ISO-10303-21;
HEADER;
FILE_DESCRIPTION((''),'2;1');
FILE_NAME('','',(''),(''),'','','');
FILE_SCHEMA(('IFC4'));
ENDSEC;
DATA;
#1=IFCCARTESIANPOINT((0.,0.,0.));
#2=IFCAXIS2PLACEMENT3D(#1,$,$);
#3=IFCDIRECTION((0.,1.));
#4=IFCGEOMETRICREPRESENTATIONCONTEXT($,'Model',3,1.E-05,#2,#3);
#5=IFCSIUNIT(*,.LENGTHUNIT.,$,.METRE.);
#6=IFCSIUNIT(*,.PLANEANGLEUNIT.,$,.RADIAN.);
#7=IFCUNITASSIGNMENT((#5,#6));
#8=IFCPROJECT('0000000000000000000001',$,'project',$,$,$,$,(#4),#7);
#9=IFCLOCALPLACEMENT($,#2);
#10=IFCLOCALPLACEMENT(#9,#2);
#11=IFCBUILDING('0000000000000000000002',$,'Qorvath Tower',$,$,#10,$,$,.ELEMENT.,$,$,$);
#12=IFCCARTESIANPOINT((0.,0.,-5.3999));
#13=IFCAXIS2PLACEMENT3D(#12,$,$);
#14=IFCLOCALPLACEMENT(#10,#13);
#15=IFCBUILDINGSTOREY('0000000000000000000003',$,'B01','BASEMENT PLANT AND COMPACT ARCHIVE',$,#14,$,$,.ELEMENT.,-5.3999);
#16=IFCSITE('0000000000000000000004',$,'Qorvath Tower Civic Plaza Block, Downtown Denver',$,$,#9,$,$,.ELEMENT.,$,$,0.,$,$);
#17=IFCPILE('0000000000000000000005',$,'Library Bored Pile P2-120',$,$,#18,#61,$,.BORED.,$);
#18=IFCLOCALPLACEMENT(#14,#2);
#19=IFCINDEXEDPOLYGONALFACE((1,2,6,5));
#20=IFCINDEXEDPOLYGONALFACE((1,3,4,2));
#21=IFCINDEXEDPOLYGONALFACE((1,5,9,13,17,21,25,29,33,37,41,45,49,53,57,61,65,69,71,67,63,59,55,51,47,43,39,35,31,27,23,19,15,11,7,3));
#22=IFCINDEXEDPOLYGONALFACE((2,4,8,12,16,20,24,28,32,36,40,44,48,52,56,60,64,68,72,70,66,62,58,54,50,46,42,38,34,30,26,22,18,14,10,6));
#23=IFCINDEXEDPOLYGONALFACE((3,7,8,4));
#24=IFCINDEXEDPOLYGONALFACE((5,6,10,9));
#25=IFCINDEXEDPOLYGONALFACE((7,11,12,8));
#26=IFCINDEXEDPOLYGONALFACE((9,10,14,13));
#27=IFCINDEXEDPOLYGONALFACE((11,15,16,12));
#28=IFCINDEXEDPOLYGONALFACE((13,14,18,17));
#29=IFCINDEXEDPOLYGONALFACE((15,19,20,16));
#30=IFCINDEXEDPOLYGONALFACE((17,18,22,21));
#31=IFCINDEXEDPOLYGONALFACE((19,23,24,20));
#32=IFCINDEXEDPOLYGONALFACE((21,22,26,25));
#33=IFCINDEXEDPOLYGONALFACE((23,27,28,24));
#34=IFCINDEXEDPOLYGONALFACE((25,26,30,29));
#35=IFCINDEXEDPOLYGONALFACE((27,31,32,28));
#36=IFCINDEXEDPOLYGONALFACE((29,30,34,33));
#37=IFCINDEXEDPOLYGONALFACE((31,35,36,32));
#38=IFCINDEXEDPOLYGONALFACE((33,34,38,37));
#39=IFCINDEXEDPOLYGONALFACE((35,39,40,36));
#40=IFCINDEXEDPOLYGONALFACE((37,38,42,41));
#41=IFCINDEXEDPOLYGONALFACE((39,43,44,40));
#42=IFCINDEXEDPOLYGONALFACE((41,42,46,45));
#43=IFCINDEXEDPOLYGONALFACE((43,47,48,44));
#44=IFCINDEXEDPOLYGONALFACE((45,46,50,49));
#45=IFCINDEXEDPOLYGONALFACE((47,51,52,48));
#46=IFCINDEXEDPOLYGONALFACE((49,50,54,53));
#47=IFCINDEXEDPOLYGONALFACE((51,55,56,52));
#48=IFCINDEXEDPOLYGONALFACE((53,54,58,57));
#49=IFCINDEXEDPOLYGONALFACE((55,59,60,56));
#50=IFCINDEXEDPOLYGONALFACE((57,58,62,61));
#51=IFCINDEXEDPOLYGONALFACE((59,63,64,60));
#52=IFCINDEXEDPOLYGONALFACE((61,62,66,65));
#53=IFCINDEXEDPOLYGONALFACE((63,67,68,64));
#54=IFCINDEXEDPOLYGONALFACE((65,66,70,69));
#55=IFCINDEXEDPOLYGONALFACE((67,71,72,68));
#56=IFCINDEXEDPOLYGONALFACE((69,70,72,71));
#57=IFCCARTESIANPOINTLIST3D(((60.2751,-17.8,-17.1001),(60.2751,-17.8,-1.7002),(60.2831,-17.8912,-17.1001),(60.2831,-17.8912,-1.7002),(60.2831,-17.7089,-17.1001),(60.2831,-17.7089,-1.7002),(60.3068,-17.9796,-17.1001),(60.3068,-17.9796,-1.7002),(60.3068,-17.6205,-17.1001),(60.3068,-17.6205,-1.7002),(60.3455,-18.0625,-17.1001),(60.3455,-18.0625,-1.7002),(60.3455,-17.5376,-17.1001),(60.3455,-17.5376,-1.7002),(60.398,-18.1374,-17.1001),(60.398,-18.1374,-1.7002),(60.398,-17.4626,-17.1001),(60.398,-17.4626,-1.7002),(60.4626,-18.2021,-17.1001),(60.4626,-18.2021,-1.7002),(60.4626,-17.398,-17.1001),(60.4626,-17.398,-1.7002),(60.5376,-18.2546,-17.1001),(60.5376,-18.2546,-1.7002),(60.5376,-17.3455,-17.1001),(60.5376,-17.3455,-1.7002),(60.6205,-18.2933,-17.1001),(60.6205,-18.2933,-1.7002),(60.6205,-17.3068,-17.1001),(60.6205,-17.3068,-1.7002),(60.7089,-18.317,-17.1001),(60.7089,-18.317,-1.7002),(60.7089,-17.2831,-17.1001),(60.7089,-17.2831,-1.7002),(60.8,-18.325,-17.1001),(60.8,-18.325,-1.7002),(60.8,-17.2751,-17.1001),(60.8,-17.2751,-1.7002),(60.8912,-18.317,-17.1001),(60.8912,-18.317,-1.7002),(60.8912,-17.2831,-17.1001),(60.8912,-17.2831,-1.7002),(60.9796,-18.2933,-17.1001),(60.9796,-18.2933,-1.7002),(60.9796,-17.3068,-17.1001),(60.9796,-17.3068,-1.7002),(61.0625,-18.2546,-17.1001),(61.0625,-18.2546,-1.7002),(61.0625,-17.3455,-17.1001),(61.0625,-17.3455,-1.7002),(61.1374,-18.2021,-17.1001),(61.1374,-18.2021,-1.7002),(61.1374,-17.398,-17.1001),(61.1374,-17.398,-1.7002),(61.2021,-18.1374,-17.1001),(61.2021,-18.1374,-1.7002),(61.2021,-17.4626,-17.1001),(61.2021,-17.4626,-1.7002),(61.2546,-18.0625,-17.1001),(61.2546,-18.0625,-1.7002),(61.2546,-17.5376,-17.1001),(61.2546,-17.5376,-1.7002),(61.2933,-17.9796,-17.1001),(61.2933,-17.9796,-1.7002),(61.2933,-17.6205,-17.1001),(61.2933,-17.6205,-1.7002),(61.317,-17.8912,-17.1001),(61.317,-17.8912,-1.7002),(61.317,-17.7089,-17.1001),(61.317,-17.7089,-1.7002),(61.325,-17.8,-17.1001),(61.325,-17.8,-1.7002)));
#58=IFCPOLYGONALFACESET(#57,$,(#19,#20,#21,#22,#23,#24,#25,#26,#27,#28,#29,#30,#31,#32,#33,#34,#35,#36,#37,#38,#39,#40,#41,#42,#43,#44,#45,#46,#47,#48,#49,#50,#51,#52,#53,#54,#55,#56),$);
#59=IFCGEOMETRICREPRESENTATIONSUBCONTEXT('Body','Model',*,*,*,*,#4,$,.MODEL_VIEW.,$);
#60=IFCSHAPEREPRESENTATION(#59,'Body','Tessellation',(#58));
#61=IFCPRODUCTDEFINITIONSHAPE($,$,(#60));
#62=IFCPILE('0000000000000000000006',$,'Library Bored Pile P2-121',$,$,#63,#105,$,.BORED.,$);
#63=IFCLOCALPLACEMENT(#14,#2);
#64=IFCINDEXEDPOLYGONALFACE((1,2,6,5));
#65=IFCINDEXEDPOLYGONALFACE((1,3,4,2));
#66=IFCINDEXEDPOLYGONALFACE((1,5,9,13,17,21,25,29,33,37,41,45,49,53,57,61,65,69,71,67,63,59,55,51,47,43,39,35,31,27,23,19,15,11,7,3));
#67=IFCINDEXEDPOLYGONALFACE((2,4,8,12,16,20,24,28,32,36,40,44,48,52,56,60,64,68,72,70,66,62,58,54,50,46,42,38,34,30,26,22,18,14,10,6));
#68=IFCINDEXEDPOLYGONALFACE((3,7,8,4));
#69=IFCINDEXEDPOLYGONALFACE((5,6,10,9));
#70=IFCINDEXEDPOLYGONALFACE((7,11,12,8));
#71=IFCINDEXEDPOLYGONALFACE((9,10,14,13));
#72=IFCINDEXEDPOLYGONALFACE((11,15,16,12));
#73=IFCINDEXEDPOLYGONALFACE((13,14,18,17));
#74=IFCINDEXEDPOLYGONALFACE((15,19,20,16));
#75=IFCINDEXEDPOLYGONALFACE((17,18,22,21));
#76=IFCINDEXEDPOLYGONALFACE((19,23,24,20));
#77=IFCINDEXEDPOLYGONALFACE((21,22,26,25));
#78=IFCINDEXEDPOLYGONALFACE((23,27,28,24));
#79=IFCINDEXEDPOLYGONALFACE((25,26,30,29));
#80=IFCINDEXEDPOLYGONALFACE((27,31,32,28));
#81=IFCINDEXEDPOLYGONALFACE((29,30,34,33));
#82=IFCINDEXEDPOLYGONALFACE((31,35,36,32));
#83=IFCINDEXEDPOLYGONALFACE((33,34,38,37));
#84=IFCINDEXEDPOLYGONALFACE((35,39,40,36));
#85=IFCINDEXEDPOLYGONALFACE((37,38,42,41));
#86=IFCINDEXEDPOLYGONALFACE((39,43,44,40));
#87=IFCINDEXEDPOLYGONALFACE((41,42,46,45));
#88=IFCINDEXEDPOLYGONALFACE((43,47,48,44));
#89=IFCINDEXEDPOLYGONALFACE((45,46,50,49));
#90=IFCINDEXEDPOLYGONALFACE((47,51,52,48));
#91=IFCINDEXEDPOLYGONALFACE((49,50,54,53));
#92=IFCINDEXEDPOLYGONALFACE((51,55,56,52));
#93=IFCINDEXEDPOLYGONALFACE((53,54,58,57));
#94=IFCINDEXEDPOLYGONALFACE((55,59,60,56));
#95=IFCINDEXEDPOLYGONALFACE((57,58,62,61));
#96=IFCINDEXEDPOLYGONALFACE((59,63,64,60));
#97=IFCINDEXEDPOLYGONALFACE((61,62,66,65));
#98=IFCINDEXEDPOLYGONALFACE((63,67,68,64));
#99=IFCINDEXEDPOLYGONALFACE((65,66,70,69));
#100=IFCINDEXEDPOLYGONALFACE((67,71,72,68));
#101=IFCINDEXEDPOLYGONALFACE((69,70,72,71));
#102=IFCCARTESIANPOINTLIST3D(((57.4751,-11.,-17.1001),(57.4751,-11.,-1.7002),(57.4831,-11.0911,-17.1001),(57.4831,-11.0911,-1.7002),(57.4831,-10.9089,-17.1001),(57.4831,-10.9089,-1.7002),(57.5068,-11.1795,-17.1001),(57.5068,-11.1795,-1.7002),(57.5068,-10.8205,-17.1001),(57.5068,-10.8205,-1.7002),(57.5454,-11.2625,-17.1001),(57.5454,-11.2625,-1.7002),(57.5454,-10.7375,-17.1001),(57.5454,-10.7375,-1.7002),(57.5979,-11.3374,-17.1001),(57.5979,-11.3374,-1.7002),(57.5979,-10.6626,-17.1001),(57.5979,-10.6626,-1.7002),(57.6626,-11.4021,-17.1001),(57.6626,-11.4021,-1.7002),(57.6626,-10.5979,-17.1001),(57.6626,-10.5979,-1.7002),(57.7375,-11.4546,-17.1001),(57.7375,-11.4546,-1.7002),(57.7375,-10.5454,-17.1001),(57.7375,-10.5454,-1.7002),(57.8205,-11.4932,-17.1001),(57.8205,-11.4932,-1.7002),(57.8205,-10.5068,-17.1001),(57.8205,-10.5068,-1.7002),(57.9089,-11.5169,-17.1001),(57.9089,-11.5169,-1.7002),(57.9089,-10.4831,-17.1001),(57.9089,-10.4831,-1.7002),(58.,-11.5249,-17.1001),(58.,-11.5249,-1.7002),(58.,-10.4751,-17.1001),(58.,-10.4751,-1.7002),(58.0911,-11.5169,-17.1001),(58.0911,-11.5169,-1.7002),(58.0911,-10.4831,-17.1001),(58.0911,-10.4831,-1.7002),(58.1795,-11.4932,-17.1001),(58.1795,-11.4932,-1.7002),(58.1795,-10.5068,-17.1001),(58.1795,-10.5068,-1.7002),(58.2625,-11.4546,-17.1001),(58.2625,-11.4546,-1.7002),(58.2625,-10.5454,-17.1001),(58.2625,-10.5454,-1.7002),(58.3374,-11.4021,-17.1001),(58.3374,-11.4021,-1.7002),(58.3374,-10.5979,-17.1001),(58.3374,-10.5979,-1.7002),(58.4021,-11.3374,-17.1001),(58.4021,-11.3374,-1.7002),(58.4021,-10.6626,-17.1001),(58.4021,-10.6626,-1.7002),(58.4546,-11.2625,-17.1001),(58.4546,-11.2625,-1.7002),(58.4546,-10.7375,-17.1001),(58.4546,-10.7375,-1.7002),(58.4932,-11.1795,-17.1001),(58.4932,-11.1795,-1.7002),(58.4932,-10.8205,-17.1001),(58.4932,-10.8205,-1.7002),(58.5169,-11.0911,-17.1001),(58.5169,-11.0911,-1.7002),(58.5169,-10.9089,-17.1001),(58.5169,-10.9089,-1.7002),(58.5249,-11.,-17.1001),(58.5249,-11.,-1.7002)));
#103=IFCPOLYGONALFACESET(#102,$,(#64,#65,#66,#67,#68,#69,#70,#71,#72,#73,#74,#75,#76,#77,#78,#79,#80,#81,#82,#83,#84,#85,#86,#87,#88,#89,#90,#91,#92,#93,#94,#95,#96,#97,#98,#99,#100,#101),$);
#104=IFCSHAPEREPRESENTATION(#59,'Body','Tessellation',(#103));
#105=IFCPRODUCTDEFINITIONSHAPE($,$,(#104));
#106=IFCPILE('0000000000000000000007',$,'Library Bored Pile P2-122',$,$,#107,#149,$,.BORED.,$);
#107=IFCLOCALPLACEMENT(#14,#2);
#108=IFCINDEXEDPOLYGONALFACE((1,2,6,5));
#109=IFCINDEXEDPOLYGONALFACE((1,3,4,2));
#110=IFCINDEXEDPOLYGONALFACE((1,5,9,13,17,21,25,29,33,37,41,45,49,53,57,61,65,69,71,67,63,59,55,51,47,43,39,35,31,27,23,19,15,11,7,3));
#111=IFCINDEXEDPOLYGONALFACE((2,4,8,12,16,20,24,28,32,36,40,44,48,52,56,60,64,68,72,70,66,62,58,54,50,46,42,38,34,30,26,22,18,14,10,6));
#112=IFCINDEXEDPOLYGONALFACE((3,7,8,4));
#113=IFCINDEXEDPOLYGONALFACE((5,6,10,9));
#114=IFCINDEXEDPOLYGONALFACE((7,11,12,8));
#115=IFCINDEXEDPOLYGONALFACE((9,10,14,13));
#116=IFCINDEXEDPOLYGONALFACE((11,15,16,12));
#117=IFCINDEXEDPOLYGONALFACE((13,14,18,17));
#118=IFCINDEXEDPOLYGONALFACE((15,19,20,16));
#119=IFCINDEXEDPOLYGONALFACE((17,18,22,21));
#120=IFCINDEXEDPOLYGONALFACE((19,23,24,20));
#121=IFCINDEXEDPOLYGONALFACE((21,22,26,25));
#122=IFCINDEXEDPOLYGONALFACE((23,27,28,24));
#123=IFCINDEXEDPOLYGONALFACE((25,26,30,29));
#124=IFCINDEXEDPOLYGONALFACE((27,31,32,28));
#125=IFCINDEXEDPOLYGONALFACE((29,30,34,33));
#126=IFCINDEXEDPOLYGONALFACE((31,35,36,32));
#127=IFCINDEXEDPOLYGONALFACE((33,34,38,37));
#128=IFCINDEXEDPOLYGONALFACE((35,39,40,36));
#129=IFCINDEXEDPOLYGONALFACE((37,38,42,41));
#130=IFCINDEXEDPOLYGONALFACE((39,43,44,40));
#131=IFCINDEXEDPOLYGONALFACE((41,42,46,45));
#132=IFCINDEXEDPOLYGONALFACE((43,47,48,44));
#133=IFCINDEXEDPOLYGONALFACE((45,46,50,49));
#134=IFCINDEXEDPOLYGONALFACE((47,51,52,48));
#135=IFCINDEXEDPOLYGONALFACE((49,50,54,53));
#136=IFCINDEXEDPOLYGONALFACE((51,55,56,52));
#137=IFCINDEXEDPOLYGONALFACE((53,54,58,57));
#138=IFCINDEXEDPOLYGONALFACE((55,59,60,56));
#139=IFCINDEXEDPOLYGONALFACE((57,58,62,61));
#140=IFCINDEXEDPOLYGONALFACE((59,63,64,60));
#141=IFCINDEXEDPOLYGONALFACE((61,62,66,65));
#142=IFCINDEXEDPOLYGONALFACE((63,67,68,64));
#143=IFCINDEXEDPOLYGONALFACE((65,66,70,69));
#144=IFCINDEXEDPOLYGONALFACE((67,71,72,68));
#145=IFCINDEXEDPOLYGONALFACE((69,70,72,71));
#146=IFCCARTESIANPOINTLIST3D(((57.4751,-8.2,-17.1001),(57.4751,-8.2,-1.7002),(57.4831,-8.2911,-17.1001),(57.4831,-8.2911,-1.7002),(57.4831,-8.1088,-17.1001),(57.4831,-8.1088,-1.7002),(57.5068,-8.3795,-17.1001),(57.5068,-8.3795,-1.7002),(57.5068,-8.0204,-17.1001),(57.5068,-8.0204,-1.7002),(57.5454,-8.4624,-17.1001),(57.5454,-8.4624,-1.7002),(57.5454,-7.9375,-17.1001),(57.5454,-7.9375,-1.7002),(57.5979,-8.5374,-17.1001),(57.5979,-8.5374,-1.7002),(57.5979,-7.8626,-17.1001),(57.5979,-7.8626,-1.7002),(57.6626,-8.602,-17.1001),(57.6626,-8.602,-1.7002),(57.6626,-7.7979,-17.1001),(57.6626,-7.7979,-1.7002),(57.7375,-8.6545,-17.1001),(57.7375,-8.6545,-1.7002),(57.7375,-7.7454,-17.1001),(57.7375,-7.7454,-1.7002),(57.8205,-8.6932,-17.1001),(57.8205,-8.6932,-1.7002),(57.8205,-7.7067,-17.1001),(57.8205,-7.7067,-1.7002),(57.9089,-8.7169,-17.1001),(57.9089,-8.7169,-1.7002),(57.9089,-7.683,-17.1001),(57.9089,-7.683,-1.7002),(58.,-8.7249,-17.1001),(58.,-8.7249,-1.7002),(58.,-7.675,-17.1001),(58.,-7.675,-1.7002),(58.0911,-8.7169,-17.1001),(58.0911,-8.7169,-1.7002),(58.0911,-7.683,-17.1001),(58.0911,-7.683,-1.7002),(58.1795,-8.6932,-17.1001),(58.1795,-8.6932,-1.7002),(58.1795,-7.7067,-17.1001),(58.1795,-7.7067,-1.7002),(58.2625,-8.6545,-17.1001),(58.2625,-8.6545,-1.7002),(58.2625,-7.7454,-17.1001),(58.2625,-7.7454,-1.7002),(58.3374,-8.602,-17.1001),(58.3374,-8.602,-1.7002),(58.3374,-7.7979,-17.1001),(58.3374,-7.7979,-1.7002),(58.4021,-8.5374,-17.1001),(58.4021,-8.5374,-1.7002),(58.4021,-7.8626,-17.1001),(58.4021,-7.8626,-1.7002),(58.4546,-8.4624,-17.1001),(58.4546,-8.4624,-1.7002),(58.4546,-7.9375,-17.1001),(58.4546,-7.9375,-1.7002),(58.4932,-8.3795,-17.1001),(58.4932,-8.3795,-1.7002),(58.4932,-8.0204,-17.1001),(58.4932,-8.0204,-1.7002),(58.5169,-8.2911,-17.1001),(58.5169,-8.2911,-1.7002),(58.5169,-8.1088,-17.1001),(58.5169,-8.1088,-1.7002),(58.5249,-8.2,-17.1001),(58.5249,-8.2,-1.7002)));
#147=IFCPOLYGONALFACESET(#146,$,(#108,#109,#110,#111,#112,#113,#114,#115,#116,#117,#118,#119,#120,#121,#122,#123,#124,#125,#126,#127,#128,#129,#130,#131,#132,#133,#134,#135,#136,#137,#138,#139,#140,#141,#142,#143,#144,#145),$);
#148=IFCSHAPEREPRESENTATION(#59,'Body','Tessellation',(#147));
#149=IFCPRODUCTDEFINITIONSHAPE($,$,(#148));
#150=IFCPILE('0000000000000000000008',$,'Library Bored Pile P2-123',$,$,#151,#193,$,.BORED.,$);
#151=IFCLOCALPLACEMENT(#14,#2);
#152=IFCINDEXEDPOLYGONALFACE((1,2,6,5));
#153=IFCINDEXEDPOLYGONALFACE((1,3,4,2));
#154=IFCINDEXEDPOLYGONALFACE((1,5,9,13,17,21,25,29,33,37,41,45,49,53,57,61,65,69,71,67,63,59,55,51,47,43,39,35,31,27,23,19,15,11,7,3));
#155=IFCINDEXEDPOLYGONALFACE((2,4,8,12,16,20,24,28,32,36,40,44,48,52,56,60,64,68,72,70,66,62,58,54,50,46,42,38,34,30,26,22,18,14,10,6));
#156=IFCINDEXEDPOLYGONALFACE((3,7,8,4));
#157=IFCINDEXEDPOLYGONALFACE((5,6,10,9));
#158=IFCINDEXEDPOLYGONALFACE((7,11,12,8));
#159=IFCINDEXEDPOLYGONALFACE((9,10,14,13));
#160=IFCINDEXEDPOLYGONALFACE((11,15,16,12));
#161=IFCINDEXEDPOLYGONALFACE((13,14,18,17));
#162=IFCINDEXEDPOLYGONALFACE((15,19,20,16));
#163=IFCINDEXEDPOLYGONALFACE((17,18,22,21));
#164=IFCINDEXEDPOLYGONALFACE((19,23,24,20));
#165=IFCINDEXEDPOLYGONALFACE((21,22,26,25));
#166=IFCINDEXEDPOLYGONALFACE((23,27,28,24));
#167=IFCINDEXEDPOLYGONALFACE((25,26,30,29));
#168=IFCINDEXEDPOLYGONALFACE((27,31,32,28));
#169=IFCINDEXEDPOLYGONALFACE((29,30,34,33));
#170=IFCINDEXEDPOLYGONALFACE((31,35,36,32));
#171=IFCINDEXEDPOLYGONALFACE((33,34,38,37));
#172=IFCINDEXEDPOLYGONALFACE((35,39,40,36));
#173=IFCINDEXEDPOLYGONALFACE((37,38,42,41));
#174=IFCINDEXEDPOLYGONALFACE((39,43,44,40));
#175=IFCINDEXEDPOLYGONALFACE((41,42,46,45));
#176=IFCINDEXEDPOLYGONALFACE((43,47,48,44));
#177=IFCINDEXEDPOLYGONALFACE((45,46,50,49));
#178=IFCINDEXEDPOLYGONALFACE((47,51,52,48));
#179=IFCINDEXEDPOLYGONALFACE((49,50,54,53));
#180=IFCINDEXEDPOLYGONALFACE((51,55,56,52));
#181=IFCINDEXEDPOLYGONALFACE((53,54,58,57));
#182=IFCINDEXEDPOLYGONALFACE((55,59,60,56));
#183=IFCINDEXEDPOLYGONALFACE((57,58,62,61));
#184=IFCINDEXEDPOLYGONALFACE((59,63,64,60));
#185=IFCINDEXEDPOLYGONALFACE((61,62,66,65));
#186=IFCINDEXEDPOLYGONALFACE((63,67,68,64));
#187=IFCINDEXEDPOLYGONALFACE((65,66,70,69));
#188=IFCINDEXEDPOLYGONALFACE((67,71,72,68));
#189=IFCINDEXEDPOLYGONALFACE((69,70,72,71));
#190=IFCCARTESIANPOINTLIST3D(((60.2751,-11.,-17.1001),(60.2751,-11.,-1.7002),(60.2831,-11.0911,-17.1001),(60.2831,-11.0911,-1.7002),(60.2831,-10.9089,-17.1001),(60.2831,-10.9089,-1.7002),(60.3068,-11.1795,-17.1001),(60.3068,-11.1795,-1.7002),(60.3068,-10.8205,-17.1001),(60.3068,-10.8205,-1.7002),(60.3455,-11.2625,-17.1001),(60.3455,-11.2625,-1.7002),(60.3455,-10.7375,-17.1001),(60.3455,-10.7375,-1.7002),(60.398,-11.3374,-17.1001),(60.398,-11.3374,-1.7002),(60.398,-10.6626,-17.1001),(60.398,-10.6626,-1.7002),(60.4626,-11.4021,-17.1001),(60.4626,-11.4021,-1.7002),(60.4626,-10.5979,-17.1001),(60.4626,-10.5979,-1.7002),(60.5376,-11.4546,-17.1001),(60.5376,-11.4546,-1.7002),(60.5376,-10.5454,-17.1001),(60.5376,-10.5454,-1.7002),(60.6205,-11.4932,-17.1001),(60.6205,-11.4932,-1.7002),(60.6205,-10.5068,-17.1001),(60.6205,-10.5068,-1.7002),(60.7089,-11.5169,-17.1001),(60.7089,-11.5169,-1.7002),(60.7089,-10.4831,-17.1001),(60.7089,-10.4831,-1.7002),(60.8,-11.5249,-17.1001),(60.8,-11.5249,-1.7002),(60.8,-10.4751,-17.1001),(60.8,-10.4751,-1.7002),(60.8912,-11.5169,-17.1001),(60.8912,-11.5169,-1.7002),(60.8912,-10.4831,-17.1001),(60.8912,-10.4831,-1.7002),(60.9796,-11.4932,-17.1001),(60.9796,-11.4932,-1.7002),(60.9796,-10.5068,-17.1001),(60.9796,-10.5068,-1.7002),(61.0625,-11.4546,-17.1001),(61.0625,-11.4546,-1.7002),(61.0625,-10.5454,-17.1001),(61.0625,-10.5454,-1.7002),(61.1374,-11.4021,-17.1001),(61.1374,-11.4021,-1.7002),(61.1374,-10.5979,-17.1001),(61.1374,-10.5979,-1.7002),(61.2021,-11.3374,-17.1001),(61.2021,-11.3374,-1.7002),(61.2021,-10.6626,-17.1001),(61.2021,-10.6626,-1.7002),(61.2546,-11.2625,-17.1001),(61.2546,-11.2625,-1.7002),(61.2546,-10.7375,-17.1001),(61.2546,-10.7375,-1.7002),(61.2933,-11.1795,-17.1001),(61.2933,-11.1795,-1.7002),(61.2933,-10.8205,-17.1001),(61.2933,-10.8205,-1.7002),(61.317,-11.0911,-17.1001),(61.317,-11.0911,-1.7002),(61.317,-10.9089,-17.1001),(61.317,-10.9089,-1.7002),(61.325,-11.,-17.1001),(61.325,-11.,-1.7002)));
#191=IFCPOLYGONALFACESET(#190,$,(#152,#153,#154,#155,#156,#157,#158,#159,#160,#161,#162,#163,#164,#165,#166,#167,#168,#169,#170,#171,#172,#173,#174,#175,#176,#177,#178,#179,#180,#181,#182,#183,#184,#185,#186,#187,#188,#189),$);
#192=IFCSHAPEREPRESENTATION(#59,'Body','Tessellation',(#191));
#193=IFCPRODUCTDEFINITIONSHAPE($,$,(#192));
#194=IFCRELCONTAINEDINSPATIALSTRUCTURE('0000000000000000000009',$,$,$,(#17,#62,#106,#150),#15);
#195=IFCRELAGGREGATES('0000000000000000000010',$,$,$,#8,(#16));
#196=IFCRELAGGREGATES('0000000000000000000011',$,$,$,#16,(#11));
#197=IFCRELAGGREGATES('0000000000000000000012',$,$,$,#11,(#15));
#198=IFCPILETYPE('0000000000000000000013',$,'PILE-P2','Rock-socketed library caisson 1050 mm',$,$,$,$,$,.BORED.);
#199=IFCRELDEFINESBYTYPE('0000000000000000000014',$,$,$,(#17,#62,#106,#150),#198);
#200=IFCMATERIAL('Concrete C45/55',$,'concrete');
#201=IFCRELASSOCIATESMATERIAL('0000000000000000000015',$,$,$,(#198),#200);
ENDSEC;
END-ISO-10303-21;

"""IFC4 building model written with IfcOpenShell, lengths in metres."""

from ifc_helpers import new_model, si_unit, direction, frame, origin, origin_2d, place, context, subcontext, project, spatial, circle, extrude, material, material_profile, profile_set, type_object, element, save


model = new_model("IFC4")

# Units and contexts
model_context = context("Model", 3, precision=1e-05, world=origin(), true_north=direction((0.0, 1.0)))
body_context = subcontext(model_context, "Body", "Model", "MODEL_VIEW")
ifc_project = project(units=[si_unit("LENGTHUNIT", "METRE"), si_unit("PLANEANGLEUNIT", "RADIAN")], contexts=[model_context])

# Site, building, storey
site_placement = place(None, origin())
site = spatial("IfcSite", under=ifc_project, at=site_placement, Name="Qorvath Tower Civic Plaza Block, Downtown Denver", CompositionType="ELEMENT", RefElevation=0.0)
building_placement = place(site_placement, origin())
building = spatial("IfcBuilding", under=site, at=building_placement, Name="Qorvath Tower", CompositionType="ELEMENT")
storey_placement = place(building_placement, frame((0.0, 0.0, -5.3999)))
storey = spatial("IfcBuildingStorey", under=building, at=storey_placement, Name="B01", Description="BASEMENT PLANT AND COMPACT ARCHIVE", CompositionType="ELEMENT", Elevation=-5.3999)

# Piles
ifc_material_1 = material(Name="Concrete C45/55", Category="concrete")
ifc_material_profile_1 = material_profile(ifc_material_1, circle(Radius=0.5249, at=origin_2d()), Name="BORED PILE 1050")
ifc_profile_set_1 = profile_set([ifc_material_profile_1], Name="Concrete C45/55")
pile_type = type_object("IfcPileType", Name="PILE-P2", Description="Rock-socketed library caisson 1050 mm", PredefinedType="BORED", material=ifc_profile_set_1)
for number, where, z_axis, x_axis, name in (
    (1, (60.8, -17.8, -1.7002), (0.0, 0.0, -1.0), (1.0, 0.0, 0.0), "Library Bored Pile P2-120"),
    (2, (58.0, -11.0, -1.7002), (0.0, 0.0, -1.0), (1.0, 0.0, 0.0), "Library Bored Pile P2-121"),
    (3, (58.0, -8.2, -1.7002), (0.0, 0.0, -1.0), (1.0, 0.0, 0.0), "Library Bored Pile P2-122"),
    (4, (60.8, -11.0, -1.7002), (0.0, 0.0, -1.0), (1.0, 0.0, 0.0), "Library Bored Pile P2-123"),
):
    element("IfcPile", number, at=place(storey_placement, frame(where, z_axis=z_axis, x_axis=x_axis)), inside=storey, type_object=pile_type, Name=name, PredefinedType="BORED", context=body_context, shape_type="SweptSolid", body=[
        extrude(circle(Radius=0.5249, at=origin_2d()), origin(), (0.0, 0.0, 1.0), 15.3999),
    ])

save(model, "model.ifc")
